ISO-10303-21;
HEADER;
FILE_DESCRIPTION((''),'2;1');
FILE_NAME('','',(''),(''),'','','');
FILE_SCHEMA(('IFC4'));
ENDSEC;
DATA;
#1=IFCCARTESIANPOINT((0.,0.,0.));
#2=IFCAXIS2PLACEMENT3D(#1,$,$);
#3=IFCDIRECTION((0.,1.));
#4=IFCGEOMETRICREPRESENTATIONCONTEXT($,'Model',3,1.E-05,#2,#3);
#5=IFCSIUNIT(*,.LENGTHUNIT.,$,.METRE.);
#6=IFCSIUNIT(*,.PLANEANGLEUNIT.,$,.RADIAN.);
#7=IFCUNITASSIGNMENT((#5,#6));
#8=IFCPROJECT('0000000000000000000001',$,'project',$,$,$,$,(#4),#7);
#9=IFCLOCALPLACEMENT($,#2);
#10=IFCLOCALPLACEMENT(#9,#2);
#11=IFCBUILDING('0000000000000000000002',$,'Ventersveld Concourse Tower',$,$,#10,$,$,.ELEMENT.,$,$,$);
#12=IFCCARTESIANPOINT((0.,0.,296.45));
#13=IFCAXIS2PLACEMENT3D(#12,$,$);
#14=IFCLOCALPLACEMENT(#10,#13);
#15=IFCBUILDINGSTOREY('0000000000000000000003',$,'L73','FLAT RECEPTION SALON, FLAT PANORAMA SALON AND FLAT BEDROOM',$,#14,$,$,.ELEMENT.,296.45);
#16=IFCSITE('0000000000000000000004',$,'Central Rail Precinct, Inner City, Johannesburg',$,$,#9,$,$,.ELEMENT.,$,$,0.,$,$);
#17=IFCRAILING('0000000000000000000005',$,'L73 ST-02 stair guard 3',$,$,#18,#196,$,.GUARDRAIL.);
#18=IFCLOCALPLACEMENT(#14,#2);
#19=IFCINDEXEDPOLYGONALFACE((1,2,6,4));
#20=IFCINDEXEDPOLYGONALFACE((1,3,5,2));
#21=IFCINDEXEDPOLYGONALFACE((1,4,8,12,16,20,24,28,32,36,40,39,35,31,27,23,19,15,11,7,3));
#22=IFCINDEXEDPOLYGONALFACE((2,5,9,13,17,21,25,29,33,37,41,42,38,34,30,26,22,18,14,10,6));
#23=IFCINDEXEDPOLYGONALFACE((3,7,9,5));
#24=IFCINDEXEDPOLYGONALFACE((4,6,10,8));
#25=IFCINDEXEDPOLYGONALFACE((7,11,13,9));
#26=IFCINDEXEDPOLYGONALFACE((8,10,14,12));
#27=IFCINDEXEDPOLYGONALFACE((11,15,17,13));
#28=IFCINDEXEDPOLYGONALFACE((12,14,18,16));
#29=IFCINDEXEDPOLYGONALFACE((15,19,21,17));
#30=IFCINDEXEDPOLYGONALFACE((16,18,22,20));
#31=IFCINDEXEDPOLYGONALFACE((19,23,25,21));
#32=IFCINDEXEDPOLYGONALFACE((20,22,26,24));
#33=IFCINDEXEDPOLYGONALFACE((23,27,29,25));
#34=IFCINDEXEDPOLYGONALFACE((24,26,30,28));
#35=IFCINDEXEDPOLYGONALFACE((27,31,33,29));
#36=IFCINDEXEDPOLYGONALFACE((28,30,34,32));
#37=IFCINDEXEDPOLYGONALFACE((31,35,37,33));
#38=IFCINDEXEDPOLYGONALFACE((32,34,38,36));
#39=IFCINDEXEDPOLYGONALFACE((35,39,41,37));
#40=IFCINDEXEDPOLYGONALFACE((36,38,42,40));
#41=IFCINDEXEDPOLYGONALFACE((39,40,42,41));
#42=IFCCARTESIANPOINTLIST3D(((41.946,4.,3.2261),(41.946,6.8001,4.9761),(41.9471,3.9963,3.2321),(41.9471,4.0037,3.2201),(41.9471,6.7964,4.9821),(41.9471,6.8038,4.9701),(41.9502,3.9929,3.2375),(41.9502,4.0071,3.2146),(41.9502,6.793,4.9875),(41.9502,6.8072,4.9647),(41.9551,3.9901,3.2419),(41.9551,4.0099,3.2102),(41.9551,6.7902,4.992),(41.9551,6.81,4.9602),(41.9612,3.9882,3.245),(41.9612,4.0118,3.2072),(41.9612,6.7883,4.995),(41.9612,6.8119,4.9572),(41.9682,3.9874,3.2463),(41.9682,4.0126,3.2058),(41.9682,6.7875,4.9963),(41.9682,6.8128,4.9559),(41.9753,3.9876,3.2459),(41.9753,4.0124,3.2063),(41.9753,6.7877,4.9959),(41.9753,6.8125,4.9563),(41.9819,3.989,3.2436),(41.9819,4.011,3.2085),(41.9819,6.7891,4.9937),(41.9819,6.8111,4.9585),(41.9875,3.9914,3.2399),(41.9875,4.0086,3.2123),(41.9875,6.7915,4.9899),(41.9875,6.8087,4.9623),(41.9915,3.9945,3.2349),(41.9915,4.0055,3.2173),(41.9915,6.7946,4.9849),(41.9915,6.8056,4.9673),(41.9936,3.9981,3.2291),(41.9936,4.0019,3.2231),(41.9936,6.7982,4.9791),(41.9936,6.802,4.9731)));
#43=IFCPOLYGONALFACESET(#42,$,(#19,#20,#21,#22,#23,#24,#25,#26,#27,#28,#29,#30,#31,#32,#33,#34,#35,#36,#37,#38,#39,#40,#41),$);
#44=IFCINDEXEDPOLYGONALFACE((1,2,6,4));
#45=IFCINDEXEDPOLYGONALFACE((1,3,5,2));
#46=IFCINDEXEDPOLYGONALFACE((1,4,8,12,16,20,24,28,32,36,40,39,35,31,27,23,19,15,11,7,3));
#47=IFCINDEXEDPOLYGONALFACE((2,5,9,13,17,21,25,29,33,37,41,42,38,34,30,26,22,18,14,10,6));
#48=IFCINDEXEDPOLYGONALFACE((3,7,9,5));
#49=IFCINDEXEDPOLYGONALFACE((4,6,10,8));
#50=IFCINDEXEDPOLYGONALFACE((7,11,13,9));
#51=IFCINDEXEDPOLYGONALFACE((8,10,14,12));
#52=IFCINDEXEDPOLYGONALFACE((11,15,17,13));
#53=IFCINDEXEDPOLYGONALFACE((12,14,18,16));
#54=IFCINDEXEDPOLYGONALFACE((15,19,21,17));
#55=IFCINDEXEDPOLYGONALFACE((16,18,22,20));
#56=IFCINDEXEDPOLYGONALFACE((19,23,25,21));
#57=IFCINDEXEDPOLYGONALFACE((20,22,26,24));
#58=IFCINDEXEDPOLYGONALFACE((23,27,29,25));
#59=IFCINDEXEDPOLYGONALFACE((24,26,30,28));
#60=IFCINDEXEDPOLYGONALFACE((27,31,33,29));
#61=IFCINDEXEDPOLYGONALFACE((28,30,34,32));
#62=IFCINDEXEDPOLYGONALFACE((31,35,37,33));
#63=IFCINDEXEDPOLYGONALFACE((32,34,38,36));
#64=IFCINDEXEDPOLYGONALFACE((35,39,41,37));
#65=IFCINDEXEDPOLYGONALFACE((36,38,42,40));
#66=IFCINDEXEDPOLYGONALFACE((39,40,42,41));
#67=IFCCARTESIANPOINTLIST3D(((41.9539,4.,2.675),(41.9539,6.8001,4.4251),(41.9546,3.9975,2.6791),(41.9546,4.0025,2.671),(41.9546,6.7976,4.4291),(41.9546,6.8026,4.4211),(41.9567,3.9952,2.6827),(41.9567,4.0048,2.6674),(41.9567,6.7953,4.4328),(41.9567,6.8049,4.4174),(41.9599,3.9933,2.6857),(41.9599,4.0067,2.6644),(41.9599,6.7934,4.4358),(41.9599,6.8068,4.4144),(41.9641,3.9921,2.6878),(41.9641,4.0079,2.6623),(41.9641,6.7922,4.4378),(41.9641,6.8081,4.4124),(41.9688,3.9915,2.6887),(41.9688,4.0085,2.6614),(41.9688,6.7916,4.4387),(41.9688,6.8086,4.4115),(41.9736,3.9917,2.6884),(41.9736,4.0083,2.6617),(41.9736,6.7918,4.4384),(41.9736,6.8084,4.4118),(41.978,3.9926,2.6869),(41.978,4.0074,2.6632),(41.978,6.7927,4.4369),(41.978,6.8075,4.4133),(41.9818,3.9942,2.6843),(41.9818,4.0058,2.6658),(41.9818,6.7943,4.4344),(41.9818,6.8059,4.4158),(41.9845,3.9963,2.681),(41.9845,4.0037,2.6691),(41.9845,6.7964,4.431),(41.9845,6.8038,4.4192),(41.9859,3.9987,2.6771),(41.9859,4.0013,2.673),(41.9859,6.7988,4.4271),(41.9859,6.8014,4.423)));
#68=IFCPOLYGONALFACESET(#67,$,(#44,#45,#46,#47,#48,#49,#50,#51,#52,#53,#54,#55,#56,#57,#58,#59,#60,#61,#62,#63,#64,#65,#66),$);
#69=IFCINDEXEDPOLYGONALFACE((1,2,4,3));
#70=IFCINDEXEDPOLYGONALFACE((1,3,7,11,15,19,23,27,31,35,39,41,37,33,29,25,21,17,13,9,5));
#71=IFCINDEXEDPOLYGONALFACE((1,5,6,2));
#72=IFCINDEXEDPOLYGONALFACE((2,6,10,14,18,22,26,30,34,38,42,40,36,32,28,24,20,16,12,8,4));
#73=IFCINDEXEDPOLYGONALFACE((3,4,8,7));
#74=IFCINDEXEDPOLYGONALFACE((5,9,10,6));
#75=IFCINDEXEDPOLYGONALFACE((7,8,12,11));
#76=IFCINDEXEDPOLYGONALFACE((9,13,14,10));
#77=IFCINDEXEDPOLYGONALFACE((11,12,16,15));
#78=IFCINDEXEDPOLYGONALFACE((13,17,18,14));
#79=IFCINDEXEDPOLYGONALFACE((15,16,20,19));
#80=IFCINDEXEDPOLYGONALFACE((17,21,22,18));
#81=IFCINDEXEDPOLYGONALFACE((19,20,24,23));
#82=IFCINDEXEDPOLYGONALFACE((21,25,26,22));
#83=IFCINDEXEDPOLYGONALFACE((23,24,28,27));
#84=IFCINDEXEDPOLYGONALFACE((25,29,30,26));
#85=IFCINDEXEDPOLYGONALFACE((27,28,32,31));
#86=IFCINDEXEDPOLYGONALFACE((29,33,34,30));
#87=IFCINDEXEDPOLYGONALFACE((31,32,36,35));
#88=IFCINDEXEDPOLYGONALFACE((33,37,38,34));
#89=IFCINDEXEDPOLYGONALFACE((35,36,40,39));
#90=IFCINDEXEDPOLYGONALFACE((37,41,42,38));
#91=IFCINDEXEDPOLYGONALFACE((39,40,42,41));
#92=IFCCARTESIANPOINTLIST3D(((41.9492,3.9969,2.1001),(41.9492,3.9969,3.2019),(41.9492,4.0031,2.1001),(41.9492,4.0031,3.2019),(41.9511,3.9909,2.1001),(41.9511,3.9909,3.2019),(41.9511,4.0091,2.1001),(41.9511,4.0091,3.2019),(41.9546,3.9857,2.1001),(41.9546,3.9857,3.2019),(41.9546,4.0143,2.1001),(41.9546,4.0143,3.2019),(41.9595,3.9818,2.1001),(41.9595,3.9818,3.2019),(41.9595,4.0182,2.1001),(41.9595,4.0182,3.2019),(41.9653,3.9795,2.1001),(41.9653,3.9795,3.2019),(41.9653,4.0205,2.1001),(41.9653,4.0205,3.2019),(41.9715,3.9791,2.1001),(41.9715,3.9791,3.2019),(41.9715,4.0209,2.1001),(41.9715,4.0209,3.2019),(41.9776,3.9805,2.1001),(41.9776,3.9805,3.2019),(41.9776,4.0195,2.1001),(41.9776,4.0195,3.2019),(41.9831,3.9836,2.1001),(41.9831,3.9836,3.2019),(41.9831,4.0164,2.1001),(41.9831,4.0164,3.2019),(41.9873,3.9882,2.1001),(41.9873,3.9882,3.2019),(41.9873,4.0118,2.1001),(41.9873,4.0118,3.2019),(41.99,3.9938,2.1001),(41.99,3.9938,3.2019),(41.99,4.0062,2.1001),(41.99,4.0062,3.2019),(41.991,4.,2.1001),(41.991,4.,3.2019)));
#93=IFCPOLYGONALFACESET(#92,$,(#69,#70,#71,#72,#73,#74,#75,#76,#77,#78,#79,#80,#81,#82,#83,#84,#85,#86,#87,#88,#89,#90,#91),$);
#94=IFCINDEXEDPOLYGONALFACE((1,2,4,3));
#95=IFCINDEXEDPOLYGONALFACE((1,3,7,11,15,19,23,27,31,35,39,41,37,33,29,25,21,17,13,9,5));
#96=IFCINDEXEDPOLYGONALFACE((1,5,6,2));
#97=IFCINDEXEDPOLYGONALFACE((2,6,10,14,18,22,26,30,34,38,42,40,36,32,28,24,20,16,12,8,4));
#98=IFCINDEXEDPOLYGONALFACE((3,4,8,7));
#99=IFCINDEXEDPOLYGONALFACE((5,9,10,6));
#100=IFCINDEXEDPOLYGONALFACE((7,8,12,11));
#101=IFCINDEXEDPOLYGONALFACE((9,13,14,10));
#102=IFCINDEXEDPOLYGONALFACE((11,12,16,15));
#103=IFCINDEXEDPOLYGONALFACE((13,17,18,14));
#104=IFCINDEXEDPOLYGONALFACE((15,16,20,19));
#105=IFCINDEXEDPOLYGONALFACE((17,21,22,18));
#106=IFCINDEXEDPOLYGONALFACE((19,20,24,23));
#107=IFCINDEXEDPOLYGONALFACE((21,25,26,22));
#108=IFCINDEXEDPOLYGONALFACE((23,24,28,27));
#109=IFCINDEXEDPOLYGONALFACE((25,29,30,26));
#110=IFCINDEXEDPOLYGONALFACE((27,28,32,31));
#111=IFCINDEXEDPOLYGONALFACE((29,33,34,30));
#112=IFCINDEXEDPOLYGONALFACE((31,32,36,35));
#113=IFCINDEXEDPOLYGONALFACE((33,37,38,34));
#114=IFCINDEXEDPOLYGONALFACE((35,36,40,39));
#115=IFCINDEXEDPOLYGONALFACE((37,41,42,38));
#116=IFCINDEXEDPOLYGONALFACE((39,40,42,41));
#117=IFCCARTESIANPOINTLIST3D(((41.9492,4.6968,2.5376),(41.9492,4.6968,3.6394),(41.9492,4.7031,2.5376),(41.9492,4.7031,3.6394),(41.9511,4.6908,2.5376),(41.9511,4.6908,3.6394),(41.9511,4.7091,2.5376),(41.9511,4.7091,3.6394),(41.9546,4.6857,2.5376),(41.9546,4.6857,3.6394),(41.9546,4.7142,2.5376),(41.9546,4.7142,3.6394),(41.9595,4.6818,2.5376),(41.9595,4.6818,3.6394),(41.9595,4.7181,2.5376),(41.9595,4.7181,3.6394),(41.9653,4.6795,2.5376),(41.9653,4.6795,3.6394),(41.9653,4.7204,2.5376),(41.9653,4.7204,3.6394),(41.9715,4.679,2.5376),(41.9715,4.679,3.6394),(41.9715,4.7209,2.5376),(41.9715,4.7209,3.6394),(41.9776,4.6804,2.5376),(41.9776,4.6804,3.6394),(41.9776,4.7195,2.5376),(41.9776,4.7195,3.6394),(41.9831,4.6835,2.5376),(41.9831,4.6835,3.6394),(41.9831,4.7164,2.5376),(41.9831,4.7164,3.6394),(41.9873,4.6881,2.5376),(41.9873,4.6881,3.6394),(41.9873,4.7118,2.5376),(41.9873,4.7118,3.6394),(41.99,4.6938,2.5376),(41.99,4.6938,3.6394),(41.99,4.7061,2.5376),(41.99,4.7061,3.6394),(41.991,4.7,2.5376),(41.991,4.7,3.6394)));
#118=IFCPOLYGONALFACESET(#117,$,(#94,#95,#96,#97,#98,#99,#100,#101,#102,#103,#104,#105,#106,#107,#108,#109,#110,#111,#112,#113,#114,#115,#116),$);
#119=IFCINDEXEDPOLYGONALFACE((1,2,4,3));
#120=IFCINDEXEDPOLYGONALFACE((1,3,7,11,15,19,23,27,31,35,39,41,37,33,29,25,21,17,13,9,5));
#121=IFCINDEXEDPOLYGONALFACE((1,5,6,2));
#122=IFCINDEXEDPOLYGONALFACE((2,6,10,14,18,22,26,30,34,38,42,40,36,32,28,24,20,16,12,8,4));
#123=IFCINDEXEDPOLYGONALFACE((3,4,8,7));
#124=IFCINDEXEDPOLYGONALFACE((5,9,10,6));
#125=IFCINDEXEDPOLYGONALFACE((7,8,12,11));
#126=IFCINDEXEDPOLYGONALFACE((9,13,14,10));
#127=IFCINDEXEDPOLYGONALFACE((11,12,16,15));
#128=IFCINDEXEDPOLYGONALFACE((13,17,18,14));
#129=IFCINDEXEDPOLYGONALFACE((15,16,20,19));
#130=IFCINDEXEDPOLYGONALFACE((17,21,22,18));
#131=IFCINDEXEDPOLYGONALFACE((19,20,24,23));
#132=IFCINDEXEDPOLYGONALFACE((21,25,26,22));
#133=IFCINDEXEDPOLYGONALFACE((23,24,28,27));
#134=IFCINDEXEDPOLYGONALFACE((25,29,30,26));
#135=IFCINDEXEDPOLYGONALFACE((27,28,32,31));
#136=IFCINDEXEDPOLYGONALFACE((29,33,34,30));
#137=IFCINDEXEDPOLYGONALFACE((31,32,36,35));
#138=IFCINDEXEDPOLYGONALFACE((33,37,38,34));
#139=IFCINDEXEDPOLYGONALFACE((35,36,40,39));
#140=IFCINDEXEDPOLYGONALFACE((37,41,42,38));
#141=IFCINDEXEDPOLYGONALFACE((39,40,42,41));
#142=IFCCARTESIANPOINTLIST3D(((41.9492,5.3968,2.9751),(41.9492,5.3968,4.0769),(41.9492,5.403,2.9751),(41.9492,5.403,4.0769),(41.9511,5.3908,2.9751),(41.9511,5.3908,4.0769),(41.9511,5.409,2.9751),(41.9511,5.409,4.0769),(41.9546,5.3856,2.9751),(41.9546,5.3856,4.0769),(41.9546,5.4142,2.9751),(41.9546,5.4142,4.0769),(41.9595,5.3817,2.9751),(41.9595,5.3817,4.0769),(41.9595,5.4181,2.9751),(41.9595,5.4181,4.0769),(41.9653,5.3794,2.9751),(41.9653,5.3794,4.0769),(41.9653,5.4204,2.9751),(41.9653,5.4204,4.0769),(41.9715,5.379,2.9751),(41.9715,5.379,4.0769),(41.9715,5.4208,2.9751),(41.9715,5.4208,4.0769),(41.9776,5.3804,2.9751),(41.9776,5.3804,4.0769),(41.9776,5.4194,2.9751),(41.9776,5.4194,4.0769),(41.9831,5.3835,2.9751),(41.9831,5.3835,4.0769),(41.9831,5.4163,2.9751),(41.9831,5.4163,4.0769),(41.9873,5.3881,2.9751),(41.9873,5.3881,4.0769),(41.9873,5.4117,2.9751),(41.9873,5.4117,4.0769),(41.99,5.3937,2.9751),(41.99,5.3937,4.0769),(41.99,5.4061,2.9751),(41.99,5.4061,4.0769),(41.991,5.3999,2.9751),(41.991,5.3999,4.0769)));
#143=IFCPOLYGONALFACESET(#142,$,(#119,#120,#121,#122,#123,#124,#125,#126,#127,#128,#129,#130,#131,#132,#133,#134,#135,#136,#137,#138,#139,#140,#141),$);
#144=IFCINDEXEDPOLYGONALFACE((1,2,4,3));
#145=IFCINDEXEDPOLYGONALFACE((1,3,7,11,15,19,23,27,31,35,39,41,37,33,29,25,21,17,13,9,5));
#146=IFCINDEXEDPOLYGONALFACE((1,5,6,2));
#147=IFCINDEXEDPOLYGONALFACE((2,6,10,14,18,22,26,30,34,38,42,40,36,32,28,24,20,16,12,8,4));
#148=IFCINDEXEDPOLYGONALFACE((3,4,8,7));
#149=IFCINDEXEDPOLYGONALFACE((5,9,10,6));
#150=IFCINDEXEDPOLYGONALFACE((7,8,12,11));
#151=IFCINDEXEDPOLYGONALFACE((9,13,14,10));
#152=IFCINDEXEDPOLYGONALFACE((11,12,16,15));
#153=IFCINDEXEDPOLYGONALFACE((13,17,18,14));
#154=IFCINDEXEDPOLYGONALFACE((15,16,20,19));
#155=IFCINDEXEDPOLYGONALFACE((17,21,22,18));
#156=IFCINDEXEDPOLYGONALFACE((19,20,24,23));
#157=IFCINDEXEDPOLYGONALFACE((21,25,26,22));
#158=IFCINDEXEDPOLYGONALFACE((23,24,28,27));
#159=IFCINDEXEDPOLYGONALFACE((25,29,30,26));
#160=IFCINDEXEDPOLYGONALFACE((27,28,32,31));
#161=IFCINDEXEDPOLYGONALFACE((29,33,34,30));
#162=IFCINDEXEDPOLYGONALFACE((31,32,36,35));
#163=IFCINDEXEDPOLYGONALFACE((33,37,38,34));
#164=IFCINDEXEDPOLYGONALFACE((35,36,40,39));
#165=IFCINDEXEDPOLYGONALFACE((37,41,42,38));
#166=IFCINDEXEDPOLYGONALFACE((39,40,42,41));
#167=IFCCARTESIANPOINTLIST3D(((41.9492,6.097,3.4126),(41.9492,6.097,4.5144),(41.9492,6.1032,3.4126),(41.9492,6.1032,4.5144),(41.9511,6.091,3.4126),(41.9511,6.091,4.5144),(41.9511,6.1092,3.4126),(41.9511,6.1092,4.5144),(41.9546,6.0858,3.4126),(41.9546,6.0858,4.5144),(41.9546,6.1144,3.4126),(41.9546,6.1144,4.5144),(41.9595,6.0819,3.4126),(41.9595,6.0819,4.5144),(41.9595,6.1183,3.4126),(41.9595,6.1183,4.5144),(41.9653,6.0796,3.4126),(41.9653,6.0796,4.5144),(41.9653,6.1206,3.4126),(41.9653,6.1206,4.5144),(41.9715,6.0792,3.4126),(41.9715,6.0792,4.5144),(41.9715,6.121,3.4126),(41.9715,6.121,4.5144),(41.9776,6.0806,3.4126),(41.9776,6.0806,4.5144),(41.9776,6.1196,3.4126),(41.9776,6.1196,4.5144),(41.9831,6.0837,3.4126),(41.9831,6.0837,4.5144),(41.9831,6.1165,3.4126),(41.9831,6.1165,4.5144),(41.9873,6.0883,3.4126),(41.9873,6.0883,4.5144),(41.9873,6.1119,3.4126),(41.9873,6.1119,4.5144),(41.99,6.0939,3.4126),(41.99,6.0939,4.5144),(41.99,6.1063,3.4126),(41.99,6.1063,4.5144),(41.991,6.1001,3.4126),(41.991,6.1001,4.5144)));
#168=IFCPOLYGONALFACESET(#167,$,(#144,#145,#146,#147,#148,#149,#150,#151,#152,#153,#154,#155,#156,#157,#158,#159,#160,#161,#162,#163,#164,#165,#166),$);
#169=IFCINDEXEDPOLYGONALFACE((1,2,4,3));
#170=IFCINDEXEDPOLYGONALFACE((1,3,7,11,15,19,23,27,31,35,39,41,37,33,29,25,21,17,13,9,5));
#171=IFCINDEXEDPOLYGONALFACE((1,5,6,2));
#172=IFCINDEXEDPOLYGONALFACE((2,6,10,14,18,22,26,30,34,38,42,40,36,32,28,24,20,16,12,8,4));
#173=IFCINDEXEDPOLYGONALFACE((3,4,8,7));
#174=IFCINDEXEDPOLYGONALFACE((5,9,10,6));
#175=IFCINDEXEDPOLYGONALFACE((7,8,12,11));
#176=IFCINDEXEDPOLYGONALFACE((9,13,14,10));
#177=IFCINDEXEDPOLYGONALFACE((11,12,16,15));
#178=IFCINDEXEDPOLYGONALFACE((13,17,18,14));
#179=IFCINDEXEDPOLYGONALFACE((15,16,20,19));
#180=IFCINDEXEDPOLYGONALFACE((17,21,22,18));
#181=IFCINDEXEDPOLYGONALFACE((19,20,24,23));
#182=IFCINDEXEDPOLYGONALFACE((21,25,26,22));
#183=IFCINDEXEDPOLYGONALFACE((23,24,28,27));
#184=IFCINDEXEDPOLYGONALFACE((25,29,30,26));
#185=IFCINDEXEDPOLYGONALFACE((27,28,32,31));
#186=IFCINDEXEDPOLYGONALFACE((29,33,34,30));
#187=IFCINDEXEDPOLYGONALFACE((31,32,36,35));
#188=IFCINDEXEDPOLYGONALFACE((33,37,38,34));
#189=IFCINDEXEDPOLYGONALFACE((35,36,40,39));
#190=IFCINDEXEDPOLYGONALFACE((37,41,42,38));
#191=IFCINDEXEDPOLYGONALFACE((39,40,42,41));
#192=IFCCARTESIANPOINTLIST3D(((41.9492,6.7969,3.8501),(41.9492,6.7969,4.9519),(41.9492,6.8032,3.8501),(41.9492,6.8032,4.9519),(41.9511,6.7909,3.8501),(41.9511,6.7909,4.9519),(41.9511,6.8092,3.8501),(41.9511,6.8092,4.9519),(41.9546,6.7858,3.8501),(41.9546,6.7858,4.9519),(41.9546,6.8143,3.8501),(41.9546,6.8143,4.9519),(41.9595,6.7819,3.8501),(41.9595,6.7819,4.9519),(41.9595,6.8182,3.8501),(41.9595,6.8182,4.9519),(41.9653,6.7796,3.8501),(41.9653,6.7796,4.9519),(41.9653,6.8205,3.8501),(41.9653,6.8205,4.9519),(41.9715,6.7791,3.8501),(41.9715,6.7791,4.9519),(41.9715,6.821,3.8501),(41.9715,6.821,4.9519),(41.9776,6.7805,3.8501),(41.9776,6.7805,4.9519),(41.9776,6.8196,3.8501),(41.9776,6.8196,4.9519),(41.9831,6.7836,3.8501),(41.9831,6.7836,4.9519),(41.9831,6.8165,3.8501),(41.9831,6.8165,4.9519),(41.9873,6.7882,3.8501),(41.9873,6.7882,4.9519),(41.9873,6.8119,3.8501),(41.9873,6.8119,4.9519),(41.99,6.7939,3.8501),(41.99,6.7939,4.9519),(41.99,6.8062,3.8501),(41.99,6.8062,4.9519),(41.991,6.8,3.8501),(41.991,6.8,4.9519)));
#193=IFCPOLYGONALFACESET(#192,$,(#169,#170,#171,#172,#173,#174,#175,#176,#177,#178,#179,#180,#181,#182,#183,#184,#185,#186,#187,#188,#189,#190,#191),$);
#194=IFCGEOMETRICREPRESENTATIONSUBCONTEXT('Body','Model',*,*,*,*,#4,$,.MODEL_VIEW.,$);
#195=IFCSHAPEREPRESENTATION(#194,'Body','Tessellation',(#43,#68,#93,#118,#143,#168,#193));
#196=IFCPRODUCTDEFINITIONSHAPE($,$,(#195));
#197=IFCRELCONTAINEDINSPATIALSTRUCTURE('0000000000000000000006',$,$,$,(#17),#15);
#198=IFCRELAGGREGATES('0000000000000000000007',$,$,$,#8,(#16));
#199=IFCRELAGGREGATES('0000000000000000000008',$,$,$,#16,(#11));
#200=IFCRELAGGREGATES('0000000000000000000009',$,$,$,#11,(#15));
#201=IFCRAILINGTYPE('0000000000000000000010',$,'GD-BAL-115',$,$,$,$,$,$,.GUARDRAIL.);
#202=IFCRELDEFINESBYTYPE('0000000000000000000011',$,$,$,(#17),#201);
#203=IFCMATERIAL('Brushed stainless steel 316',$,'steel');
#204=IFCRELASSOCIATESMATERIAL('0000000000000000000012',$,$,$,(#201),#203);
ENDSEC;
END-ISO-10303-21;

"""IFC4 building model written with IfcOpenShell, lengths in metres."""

from ifc_helpers import new_model, si_unit, direction, frame, origin, origin_2d, place, context, subcontext, project, spatial, circle, extrude, material, type_object, element, save


model = new_model("IFC4")

# Units and contexts
model_context = context("Model", 3, precision=1e-05, world=origin(), true_north=direction((0.0, 1.0)))
body_context = subcontext(model_context, "Body", "Model", "MODEL_VIEW")
ifc_project = project(units=[si_unit("LENGTHUNIT", "METRE"), si_unit("PLANEANGLEUNIT", "RADIAN")], contexts=[model_context])

# Site, building, storey
site_placement = place(None, origin())
site = spatial("IfcSite", under=ifc_project, at=site_placement, Name="Central Rail Precinct, Inner City, Johannesburg", CompositionType="ELEMENT", RefElevation=0.0)
building_placement = place(site_placement, origin())
building = spatial("IfcBuilding", under=site, at=building_placement, Name="Ventersveld Concourse Tower", CompositionType="ELEMENT")
storey_placement = place(building_placement, frame((0.0, 0.0, 296.45)))
storey = spatial("IfcBuildingStorey", under=building, at=storey_placement, Name="L73", Description="FLAT RECEPTION SALON, FLAT PANORAMA SALON AND FLAT BEDROOM", CompositionType="ELEMENT", Elevation=296.45)

# Shared definitions
ifc_material_1 = material(Name="Brushed stainless steel 316", Category="steel")

# Railing
railing_type_1 = type_object("IfcRailingType", Name="GD-BAL-115", PredefinedType="GUARDRAIL", material=ifc_material_1)
railing_1_placement = place(storey_placement, frame((41.97, 4.0, 2.1001)))
element("IfcRailing", 1, at=railing_1_placement, inside=storey, type_object=railing_type_1, Name="L73 ST-02 stair guard 3", PredefinedType="GUARDRAIL", context=body_context, shape_type="SweptSolid", body=[
    extrude(circle(Radius=0.0239, at=origin_2d()), frame((0.0, 0.0, 1.126), z_axis=(0.0, 0.848002, 0.529992), x_axis=(-1.0, 0.0, 0.0)), (0.0, 0.0, 1.0), 3.302),
    extrude(circle(Radius=0.0161, at=origin_2d()), frame((0.0, 0.0, 0.575), z_axis=(0.0, 0.848002, 0.529992), x_axis=(-1.0, 0.0, 0.0)), (0.0, 0.0, 1.0), 3.302),
    extrude(circle(Radius=0.021, at=origin_2d()), origin(), (0.0, 0.0, 1.0), 1.1018),
    extrude(circle(Radius=0.021, at=origin_2d()), frame((0.0, 0.7, 0.4375)), (0.0, 0.0, 1.0), 1.1018),
    extrude(circle(Radius=0.021, at=origin_2d()), frame((0.0, 1.3999, 0.875)), (0.0, 0.0, 1.0), 1.1018),
    extrude(circle(Radius=0.021, at=origin_2d()), frame((0.0, 2.1001, 1.3125)), (0.0, 0.0, 1.0), 1.1018),
    extrude(circle(Radius=0.021, at=origin_2d()), frame((0.0, 2.8, 1.75)), (0.0, 0.0, 1.0), 1.1018),
])

save(model, "model.ifc")
